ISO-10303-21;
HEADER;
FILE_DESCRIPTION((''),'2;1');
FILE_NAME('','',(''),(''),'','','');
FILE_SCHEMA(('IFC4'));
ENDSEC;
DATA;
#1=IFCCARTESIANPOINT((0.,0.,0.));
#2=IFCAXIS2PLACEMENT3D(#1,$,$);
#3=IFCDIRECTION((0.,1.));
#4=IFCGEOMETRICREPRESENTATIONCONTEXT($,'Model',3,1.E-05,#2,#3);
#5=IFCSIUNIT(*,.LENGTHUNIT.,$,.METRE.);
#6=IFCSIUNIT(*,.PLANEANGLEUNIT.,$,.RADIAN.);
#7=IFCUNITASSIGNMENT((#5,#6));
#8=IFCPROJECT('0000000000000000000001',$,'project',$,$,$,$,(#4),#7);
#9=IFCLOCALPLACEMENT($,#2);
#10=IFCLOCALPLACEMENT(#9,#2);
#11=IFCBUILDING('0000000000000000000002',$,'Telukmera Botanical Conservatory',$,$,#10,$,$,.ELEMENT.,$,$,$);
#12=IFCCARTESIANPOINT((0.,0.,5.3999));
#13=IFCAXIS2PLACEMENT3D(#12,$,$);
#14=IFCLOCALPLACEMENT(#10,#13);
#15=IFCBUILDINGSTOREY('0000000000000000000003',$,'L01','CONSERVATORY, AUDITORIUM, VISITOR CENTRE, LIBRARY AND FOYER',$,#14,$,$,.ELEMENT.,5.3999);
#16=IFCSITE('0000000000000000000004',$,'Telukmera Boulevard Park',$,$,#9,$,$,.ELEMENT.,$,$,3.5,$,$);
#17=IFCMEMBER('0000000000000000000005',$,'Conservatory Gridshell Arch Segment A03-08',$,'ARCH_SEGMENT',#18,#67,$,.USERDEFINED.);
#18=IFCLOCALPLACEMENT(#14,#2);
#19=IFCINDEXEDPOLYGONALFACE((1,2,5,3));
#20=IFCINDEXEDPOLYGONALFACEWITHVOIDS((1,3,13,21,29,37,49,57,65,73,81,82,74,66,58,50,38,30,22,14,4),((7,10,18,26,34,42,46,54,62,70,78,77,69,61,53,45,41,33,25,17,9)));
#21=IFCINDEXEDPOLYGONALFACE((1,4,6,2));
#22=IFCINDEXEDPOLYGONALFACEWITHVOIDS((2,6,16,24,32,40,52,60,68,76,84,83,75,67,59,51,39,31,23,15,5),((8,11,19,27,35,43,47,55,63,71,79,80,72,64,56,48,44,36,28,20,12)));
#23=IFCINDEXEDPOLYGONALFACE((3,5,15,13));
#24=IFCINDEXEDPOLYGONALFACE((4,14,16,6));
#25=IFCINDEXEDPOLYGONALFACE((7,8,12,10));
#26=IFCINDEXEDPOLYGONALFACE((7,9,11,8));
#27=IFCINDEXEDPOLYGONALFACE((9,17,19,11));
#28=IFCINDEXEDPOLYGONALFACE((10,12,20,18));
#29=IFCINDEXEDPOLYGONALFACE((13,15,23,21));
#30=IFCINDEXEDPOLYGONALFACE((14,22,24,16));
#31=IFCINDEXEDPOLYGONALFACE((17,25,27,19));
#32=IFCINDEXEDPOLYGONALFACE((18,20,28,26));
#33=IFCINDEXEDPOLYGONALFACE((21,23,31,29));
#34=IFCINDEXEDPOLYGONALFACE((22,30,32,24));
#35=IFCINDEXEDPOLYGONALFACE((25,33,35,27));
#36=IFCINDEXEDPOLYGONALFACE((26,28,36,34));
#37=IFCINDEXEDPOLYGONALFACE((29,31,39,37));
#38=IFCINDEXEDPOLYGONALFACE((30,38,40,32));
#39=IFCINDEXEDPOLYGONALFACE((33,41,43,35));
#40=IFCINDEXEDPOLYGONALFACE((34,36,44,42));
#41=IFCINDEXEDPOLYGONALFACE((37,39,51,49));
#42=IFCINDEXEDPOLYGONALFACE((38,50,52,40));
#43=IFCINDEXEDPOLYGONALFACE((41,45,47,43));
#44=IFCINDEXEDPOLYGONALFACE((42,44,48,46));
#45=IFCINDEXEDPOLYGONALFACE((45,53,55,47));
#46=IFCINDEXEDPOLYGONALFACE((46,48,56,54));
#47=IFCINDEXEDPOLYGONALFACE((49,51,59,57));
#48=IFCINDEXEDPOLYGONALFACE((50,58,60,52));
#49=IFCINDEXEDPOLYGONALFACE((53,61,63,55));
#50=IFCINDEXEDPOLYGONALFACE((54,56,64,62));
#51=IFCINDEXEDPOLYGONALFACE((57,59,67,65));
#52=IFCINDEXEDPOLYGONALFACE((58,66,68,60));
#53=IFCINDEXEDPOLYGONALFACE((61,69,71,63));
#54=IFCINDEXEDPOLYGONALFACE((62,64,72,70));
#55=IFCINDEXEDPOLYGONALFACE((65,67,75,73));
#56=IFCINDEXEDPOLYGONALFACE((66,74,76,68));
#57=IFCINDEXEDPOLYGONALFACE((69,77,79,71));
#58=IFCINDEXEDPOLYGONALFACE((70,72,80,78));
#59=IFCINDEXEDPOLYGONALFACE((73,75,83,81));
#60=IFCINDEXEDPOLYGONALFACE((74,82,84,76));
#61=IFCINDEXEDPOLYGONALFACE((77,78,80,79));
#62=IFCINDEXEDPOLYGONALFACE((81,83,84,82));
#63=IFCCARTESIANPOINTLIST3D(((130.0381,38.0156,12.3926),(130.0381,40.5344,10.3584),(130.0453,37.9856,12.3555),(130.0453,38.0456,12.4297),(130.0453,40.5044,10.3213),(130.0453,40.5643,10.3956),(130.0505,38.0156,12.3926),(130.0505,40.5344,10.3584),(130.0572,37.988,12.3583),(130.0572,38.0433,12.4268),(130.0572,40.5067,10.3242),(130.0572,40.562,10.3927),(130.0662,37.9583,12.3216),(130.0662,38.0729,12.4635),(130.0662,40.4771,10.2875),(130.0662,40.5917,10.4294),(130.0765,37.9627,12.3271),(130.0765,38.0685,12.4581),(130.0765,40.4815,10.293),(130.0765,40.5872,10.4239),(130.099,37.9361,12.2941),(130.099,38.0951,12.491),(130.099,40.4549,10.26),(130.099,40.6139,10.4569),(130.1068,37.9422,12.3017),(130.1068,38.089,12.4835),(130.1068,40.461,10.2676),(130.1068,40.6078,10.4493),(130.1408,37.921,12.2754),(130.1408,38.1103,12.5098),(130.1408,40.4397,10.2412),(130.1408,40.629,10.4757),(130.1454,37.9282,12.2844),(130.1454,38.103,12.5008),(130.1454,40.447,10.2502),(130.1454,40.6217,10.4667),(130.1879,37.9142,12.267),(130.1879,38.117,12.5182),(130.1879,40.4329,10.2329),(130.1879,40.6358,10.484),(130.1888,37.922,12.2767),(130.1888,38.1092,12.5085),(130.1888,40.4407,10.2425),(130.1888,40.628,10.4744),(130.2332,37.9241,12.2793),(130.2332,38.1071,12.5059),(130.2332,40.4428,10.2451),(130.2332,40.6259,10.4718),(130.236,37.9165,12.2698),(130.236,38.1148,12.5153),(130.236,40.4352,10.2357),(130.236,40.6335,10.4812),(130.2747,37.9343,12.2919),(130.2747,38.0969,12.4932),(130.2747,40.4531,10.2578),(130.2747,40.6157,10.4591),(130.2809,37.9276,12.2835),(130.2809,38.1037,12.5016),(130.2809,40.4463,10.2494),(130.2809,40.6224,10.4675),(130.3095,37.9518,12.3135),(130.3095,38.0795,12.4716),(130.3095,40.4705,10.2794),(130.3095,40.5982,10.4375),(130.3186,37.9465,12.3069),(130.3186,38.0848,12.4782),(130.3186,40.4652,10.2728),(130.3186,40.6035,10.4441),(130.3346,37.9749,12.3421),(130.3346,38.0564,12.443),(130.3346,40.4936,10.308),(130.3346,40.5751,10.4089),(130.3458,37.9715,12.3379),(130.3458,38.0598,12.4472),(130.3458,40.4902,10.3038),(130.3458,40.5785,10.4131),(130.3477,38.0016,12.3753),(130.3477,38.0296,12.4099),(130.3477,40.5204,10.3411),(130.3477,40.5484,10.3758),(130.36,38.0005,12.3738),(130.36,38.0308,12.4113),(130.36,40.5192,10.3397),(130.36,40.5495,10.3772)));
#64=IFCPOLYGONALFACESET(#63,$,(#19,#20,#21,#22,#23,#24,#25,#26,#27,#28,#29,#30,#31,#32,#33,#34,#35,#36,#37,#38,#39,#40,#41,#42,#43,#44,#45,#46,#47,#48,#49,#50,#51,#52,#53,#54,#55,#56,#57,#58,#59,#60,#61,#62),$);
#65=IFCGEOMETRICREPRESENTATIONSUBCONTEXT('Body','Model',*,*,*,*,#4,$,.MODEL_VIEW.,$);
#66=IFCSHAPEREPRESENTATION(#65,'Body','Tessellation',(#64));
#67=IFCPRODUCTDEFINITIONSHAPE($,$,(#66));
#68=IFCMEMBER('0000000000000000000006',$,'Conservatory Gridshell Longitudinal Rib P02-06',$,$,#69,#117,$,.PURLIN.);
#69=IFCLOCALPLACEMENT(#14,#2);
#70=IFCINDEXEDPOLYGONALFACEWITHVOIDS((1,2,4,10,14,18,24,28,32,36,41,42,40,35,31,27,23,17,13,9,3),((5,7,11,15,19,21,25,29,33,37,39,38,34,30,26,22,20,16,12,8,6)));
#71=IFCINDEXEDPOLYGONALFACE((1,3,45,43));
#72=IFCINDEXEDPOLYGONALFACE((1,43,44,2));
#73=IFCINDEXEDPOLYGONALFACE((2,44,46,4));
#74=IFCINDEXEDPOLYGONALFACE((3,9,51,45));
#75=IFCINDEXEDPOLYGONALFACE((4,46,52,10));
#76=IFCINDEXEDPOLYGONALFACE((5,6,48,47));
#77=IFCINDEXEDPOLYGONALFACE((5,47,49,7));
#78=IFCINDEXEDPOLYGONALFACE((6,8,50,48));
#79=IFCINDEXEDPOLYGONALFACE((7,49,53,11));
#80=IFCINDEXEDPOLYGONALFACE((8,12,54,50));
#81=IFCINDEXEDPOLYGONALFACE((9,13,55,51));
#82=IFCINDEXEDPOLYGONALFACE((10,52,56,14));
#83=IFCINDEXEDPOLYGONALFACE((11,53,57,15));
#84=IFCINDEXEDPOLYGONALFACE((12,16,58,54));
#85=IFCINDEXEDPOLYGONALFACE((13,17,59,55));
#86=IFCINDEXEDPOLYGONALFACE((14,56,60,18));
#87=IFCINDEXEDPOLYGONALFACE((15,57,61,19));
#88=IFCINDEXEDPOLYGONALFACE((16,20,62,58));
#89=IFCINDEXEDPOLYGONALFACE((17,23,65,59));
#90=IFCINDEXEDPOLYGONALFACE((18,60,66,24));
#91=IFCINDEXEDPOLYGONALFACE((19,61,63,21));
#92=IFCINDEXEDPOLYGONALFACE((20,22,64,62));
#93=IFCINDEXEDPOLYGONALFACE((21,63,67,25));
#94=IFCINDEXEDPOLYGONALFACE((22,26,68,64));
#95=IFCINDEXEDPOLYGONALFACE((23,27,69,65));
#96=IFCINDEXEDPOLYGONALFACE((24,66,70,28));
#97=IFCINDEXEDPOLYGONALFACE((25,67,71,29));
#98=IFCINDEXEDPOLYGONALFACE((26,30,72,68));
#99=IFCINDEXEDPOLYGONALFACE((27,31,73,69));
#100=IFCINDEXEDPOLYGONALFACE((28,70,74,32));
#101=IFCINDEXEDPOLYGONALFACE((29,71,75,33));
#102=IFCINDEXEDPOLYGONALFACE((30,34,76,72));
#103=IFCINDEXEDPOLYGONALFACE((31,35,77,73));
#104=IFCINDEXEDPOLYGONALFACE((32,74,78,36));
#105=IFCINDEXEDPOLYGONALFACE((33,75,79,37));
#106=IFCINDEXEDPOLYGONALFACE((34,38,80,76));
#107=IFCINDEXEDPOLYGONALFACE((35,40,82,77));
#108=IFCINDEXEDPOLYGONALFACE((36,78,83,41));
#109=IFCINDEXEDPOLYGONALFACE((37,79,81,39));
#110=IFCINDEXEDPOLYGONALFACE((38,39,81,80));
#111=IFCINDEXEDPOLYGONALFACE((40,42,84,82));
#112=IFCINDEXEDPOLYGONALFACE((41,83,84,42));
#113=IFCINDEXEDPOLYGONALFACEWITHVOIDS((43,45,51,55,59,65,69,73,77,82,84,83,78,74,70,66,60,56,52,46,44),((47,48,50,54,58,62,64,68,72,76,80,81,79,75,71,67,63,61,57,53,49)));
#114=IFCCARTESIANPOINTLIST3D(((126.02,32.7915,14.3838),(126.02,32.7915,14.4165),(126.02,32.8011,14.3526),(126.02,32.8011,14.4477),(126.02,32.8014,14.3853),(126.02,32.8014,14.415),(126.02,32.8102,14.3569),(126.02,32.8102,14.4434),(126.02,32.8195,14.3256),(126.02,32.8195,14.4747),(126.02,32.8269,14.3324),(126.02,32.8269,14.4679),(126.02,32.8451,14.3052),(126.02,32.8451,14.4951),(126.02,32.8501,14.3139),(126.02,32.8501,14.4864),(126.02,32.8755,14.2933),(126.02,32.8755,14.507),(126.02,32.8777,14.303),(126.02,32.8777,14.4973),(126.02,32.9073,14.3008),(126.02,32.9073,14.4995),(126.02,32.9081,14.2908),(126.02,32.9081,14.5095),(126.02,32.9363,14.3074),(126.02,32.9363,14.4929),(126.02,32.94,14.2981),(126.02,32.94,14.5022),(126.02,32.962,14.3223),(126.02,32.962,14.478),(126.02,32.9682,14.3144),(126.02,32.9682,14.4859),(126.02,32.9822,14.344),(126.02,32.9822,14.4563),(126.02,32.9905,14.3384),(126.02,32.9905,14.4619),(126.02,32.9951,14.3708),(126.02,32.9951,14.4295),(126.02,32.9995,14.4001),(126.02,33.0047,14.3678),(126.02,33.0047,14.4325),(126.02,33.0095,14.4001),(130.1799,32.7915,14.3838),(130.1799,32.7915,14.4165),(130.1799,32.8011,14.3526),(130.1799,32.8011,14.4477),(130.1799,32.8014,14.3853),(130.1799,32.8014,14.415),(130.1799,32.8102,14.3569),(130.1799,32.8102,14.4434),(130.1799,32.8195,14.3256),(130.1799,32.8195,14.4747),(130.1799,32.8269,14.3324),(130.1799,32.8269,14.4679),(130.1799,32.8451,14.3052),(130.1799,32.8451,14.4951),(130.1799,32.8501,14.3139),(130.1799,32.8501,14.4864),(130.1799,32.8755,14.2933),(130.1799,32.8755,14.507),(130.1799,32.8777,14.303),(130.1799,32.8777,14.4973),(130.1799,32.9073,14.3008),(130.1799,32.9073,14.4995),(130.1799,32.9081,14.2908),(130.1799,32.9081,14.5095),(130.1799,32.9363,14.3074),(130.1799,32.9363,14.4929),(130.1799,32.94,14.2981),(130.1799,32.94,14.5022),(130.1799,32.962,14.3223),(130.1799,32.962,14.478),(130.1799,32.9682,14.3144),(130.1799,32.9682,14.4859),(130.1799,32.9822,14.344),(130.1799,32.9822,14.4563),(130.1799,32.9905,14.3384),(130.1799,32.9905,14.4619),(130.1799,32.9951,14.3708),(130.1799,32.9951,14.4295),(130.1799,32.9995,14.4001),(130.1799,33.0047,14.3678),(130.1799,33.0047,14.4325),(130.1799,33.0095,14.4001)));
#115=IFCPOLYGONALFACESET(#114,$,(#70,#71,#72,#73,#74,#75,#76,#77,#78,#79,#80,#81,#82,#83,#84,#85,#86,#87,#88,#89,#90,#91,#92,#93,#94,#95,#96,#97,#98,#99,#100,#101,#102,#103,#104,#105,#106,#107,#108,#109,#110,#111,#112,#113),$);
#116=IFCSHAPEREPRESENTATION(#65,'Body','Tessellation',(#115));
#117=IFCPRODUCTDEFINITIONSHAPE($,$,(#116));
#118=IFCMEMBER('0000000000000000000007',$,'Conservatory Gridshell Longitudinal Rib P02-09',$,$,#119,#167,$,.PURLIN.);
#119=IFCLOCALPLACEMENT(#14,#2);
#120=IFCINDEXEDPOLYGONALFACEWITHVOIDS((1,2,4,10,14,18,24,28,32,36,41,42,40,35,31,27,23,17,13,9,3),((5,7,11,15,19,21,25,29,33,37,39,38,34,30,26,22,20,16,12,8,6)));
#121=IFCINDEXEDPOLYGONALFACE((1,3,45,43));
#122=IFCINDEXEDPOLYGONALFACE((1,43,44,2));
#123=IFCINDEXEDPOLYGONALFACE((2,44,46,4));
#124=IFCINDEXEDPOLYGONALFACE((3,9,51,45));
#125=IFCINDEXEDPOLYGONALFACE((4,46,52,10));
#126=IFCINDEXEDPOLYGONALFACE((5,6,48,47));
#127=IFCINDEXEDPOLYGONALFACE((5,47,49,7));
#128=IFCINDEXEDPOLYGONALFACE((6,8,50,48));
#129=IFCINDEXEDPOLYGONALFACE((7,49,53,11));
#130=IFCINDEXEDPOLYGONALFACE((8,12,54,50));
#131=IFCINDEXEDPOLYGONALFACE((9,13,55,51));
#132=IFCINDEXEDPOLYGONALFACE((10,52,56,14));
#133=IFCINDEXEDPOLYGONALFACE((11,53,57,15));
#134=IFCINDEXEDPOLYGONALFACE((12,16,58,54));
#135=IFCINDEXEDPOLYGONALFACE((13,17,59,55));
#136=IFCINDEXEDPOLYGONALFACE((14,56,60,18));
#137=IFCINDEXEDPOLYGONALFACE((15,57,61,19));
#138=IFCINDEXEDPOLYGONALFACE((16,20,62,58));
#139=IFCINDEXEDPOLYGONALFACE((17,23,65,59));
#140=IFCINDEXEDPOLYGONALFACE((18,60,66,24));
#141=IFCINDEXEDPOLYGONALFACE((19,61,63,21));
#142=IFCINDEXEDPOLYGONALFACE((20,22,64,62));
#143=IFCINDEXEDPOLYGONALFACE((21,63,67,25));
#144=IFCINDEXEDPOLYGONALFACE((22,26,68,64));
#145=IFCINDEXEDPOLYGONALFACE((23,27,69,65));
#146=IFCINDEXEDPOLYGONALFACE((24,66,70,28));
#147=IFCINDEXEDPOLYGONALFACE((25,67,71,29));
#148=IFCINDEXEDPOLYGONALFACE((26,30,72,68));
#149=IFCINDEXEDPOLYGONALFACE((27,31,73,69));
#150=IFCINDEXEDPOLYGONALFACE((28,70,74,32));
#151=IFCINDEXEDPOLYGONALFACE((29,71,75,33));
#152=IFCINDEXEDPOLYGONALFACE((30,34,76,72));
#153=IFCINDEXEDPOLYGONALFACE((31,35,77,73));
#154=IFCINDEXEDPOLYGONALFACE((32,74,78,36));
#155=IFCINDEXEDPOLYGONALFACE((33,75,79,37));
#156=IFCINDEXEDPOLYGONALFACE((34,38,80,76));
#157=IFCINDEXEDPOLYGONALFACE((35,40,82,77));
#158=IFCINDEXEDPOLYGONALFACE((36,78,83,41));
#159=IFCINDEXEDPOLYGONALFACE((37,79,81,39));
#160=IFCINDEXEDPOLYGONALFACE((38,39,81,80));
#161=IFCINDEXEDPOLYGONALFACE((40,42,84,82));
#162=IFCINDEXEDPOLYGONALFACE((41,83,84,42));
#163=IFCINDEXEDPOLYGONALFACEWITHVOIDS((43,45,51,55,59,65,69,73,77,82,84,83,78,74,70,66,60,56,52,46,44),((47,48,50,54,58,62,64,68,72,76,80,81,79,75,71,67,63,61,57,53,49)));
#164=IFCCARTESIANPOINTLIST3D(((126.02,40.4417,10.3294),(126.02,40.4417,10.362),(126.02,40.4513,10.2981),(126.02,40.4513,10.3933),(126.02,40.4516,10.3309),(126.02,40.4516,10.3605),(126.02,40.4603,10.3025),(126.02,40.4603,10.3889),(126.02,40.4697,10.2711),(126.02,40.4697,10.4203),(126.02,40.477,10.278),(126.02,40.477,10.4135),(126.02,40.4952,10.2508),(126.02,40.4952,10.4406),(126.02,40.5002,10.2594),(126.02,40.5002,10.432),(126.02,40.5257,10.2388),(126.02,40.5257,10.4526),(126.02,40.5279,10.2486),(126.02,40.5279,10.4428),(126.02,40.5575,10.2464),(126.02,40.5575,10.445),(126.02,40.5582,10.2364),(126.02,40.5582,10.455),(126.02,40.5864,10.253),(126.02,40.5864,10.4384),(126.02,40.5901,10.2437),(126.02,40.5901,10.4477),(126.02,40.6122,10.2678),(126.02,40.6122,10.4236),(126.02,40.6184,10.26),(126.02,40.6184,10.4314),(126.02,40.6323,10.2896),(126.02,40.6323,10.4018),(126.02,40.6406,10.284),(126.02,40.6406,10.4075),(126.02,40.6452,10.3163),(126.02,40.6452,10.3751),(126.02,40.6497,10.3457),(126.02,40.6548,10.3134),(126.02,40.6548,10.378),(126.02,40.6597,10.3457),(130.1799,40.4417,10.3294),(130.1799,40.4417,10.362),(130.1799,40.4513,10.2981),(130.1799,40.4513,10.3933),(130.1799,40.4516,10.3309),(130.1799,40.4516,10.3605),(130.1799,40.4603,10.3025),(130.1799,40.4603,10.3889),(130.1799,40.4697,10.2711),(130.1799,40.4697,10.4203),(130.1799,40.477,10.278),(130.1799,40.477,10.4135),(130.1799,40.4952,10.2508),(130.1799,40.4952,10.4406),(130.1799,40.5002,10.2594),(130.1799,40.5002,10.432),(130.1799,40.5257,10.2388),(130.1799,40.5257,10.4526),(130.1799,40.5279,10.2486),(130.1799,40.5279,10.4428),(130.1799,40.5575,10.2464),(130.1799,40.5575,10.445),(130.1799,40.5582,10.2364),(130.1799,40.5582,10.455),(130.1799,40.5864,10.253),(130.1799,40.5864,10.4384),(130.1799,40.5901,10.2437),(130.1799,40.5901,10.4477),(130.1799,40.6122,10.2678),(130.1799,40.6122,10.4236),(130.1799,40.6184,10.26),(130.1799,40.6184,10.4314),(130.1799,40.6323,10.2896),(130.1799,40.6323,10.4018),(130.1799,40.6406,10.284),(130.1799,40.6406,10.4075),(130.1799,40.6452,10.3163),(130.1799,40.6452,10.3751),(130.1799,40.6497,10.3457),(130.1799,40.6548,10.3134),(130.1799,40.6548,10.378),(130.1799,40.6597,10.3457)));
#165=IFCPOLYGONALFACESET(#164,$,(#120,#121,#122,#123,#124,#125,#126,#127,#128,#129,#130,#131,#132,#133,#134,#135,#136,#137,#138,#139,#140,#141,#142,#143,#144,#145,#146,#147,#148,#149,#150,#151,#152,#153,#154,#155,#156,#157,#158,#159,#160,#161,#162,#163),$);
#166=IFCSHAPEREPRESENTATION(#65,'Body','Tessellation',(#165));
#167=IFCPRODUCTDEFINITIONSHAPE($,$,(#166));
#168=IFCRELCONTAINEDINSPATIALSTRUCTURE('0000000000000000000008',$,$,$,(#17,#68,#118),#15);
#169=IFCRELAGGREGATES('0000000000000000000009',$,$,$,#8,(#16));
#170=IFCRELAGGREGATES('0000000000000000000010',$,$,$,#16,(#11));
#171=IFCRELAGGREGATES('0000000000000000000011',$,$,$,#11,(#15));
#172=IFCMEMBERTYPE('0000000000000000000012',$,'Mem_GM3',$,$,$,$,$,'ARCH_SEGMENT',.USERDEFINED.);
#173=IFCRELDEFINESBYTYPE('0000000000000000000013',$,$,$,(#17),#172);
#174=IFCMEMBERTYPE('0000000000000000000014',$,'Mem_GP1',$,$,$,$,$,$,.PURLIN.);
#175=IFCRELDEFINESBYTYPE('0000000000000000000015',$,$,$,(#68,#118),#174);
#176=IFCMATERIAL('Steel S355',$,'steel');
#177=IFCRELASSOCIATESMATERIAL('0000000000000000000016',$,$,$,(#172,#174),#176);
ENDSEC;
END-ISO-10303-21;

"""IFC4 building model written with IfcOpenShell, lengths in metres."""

from ifc_helpers import new_model, si_unit, direction, frame, origin, origin_2d, place, context, subcontext, project, spatial, hollow_circle, extrude, material, material_profile, profile_set, type_object, element, save


model = new_model("IFC4")

# Units and contexts
model_context = context("Model", 3, precision=1e-05, world=origin(), true_north=direction((0.0, 1.0)))
body_context = subcontext(model_context, "Body", "Model", "MODEL_VIEW")
ifc_project = project(units=[si_unit("LENGTHUNIT", "METRE"), si_unit("PLANEANGLEUNIT", "RADIAN")], contexts=[model_context])

# Site, building, storey
site_placement = place(None, origin())
site = spatial("IfcSite", under=ifc_project, at=site_placement, Name="Telukmera Boulevard Park", CompositionType="ELEMENT", RefElevation=3.5)
building_placement = place(site_placement, origin())
building = spatial("IfcBuilding", under=site, at=building_placement, Name="Telukmera Botanical Conservatory", CompositionType="ELEMENT")
storey_placement = place(building_placement, frame((0.0, 0.0, 5.3999)))
storey = spatial("IfcBuildingStorey", under=building, at=storey_placement, Name="L01", Description="CONSERVATORY, AUDITORIUM, VISITOR CENTRE, LIBRARY AND FOYER", CompositionType="ELEMENT", Elevation=5.3999)

# Shared definitions
ifc_material_1 = material(Name="Steel S355", Category="steel")

# Members
ifc_material_profile_1 = material_profile(ifc_material_1, hollow_circle(Radius=0.1619, WallThickness=0.0125, at=origin_2d()), Name="CHS 323.9x12.5")
ifc_profile_set_1 = profile_set([ifc_material_profile_1], Name="Steel S355")
member_type_1 = type_object("IfcMemberType", Name="Mem_GM3", ElementType="ARCH_SEGMENT", PredefinedType="USERDEFINED", material=ifc_profile_set_1)
member_1_placement = place(storey_placement, frame((130.2, 38.0156, 12.3926), z_axis=(0.0, 0.777977, -0.628293), x_axis=(-1.0, 0.0, 0.0)))
element("IfcMember", 1, at=member_1_placement, inside=storey, type_object=member_type_1, Name="Conservatory Gridshell Arch Segment A03-08", ObjectType="ARCH_SEGMENT", PredefinedType="USERDEFINED", context=body_context, shape_type="SweptSolid", body=[
    extrude(hollow_circle(Radius=0.1619, WallThickness=0.0125, at=origin_2d()), origin(), (0.0, 0.0, 1.0), 3.2375),
])
ifc_material_profile_2 = material_profile(ifc_material_1, hollow_circle(Radius=0.1096, WallThickness=0.01, at=origin_2d()), Name="CHS 219.1x10.0")
ifc_profile_set_2 = profile_set([ifc_material_profile_2], Name="Steel S355")
member_type_2 = type_object("IfcMemberType", Name="Mem_GP1", PredefinedType="PURLIN", material=ifc_profile_set_2)
for number, where, z_axis, x_axis, name in (
    (2, (126.02, 32.8999, 14.4001), (1.0, 0.0, 0.0), (0.0, 1.0, 0.0), "Conservatory Gridshell Longitudinal Rib P02-06"),
    (3, (126.02, 40.55, 10.3457), (1.0, 0.0, 0.0), (0.0, 1.0, 0.0), "Conservatory Gridshell Longitudinal Rib P02-09"),
):
    element("IfcMember", number, at=place(storey_placement, frame(where, z_axis=z_axis, x_axis=x_axis)), inside=storey, type_object=member_type_2, Name=name, PredefinedType="PURLIN", context=body_context, shape_type="SweptSolid", body=[
        extrude(hollow_circle(Radius=0.1096, WallThickness=0.01, at=origin_2d()), origin(), (0.0, 0.0, 1.0), 4.1599),
    ])

save(model, "model.ifc")
